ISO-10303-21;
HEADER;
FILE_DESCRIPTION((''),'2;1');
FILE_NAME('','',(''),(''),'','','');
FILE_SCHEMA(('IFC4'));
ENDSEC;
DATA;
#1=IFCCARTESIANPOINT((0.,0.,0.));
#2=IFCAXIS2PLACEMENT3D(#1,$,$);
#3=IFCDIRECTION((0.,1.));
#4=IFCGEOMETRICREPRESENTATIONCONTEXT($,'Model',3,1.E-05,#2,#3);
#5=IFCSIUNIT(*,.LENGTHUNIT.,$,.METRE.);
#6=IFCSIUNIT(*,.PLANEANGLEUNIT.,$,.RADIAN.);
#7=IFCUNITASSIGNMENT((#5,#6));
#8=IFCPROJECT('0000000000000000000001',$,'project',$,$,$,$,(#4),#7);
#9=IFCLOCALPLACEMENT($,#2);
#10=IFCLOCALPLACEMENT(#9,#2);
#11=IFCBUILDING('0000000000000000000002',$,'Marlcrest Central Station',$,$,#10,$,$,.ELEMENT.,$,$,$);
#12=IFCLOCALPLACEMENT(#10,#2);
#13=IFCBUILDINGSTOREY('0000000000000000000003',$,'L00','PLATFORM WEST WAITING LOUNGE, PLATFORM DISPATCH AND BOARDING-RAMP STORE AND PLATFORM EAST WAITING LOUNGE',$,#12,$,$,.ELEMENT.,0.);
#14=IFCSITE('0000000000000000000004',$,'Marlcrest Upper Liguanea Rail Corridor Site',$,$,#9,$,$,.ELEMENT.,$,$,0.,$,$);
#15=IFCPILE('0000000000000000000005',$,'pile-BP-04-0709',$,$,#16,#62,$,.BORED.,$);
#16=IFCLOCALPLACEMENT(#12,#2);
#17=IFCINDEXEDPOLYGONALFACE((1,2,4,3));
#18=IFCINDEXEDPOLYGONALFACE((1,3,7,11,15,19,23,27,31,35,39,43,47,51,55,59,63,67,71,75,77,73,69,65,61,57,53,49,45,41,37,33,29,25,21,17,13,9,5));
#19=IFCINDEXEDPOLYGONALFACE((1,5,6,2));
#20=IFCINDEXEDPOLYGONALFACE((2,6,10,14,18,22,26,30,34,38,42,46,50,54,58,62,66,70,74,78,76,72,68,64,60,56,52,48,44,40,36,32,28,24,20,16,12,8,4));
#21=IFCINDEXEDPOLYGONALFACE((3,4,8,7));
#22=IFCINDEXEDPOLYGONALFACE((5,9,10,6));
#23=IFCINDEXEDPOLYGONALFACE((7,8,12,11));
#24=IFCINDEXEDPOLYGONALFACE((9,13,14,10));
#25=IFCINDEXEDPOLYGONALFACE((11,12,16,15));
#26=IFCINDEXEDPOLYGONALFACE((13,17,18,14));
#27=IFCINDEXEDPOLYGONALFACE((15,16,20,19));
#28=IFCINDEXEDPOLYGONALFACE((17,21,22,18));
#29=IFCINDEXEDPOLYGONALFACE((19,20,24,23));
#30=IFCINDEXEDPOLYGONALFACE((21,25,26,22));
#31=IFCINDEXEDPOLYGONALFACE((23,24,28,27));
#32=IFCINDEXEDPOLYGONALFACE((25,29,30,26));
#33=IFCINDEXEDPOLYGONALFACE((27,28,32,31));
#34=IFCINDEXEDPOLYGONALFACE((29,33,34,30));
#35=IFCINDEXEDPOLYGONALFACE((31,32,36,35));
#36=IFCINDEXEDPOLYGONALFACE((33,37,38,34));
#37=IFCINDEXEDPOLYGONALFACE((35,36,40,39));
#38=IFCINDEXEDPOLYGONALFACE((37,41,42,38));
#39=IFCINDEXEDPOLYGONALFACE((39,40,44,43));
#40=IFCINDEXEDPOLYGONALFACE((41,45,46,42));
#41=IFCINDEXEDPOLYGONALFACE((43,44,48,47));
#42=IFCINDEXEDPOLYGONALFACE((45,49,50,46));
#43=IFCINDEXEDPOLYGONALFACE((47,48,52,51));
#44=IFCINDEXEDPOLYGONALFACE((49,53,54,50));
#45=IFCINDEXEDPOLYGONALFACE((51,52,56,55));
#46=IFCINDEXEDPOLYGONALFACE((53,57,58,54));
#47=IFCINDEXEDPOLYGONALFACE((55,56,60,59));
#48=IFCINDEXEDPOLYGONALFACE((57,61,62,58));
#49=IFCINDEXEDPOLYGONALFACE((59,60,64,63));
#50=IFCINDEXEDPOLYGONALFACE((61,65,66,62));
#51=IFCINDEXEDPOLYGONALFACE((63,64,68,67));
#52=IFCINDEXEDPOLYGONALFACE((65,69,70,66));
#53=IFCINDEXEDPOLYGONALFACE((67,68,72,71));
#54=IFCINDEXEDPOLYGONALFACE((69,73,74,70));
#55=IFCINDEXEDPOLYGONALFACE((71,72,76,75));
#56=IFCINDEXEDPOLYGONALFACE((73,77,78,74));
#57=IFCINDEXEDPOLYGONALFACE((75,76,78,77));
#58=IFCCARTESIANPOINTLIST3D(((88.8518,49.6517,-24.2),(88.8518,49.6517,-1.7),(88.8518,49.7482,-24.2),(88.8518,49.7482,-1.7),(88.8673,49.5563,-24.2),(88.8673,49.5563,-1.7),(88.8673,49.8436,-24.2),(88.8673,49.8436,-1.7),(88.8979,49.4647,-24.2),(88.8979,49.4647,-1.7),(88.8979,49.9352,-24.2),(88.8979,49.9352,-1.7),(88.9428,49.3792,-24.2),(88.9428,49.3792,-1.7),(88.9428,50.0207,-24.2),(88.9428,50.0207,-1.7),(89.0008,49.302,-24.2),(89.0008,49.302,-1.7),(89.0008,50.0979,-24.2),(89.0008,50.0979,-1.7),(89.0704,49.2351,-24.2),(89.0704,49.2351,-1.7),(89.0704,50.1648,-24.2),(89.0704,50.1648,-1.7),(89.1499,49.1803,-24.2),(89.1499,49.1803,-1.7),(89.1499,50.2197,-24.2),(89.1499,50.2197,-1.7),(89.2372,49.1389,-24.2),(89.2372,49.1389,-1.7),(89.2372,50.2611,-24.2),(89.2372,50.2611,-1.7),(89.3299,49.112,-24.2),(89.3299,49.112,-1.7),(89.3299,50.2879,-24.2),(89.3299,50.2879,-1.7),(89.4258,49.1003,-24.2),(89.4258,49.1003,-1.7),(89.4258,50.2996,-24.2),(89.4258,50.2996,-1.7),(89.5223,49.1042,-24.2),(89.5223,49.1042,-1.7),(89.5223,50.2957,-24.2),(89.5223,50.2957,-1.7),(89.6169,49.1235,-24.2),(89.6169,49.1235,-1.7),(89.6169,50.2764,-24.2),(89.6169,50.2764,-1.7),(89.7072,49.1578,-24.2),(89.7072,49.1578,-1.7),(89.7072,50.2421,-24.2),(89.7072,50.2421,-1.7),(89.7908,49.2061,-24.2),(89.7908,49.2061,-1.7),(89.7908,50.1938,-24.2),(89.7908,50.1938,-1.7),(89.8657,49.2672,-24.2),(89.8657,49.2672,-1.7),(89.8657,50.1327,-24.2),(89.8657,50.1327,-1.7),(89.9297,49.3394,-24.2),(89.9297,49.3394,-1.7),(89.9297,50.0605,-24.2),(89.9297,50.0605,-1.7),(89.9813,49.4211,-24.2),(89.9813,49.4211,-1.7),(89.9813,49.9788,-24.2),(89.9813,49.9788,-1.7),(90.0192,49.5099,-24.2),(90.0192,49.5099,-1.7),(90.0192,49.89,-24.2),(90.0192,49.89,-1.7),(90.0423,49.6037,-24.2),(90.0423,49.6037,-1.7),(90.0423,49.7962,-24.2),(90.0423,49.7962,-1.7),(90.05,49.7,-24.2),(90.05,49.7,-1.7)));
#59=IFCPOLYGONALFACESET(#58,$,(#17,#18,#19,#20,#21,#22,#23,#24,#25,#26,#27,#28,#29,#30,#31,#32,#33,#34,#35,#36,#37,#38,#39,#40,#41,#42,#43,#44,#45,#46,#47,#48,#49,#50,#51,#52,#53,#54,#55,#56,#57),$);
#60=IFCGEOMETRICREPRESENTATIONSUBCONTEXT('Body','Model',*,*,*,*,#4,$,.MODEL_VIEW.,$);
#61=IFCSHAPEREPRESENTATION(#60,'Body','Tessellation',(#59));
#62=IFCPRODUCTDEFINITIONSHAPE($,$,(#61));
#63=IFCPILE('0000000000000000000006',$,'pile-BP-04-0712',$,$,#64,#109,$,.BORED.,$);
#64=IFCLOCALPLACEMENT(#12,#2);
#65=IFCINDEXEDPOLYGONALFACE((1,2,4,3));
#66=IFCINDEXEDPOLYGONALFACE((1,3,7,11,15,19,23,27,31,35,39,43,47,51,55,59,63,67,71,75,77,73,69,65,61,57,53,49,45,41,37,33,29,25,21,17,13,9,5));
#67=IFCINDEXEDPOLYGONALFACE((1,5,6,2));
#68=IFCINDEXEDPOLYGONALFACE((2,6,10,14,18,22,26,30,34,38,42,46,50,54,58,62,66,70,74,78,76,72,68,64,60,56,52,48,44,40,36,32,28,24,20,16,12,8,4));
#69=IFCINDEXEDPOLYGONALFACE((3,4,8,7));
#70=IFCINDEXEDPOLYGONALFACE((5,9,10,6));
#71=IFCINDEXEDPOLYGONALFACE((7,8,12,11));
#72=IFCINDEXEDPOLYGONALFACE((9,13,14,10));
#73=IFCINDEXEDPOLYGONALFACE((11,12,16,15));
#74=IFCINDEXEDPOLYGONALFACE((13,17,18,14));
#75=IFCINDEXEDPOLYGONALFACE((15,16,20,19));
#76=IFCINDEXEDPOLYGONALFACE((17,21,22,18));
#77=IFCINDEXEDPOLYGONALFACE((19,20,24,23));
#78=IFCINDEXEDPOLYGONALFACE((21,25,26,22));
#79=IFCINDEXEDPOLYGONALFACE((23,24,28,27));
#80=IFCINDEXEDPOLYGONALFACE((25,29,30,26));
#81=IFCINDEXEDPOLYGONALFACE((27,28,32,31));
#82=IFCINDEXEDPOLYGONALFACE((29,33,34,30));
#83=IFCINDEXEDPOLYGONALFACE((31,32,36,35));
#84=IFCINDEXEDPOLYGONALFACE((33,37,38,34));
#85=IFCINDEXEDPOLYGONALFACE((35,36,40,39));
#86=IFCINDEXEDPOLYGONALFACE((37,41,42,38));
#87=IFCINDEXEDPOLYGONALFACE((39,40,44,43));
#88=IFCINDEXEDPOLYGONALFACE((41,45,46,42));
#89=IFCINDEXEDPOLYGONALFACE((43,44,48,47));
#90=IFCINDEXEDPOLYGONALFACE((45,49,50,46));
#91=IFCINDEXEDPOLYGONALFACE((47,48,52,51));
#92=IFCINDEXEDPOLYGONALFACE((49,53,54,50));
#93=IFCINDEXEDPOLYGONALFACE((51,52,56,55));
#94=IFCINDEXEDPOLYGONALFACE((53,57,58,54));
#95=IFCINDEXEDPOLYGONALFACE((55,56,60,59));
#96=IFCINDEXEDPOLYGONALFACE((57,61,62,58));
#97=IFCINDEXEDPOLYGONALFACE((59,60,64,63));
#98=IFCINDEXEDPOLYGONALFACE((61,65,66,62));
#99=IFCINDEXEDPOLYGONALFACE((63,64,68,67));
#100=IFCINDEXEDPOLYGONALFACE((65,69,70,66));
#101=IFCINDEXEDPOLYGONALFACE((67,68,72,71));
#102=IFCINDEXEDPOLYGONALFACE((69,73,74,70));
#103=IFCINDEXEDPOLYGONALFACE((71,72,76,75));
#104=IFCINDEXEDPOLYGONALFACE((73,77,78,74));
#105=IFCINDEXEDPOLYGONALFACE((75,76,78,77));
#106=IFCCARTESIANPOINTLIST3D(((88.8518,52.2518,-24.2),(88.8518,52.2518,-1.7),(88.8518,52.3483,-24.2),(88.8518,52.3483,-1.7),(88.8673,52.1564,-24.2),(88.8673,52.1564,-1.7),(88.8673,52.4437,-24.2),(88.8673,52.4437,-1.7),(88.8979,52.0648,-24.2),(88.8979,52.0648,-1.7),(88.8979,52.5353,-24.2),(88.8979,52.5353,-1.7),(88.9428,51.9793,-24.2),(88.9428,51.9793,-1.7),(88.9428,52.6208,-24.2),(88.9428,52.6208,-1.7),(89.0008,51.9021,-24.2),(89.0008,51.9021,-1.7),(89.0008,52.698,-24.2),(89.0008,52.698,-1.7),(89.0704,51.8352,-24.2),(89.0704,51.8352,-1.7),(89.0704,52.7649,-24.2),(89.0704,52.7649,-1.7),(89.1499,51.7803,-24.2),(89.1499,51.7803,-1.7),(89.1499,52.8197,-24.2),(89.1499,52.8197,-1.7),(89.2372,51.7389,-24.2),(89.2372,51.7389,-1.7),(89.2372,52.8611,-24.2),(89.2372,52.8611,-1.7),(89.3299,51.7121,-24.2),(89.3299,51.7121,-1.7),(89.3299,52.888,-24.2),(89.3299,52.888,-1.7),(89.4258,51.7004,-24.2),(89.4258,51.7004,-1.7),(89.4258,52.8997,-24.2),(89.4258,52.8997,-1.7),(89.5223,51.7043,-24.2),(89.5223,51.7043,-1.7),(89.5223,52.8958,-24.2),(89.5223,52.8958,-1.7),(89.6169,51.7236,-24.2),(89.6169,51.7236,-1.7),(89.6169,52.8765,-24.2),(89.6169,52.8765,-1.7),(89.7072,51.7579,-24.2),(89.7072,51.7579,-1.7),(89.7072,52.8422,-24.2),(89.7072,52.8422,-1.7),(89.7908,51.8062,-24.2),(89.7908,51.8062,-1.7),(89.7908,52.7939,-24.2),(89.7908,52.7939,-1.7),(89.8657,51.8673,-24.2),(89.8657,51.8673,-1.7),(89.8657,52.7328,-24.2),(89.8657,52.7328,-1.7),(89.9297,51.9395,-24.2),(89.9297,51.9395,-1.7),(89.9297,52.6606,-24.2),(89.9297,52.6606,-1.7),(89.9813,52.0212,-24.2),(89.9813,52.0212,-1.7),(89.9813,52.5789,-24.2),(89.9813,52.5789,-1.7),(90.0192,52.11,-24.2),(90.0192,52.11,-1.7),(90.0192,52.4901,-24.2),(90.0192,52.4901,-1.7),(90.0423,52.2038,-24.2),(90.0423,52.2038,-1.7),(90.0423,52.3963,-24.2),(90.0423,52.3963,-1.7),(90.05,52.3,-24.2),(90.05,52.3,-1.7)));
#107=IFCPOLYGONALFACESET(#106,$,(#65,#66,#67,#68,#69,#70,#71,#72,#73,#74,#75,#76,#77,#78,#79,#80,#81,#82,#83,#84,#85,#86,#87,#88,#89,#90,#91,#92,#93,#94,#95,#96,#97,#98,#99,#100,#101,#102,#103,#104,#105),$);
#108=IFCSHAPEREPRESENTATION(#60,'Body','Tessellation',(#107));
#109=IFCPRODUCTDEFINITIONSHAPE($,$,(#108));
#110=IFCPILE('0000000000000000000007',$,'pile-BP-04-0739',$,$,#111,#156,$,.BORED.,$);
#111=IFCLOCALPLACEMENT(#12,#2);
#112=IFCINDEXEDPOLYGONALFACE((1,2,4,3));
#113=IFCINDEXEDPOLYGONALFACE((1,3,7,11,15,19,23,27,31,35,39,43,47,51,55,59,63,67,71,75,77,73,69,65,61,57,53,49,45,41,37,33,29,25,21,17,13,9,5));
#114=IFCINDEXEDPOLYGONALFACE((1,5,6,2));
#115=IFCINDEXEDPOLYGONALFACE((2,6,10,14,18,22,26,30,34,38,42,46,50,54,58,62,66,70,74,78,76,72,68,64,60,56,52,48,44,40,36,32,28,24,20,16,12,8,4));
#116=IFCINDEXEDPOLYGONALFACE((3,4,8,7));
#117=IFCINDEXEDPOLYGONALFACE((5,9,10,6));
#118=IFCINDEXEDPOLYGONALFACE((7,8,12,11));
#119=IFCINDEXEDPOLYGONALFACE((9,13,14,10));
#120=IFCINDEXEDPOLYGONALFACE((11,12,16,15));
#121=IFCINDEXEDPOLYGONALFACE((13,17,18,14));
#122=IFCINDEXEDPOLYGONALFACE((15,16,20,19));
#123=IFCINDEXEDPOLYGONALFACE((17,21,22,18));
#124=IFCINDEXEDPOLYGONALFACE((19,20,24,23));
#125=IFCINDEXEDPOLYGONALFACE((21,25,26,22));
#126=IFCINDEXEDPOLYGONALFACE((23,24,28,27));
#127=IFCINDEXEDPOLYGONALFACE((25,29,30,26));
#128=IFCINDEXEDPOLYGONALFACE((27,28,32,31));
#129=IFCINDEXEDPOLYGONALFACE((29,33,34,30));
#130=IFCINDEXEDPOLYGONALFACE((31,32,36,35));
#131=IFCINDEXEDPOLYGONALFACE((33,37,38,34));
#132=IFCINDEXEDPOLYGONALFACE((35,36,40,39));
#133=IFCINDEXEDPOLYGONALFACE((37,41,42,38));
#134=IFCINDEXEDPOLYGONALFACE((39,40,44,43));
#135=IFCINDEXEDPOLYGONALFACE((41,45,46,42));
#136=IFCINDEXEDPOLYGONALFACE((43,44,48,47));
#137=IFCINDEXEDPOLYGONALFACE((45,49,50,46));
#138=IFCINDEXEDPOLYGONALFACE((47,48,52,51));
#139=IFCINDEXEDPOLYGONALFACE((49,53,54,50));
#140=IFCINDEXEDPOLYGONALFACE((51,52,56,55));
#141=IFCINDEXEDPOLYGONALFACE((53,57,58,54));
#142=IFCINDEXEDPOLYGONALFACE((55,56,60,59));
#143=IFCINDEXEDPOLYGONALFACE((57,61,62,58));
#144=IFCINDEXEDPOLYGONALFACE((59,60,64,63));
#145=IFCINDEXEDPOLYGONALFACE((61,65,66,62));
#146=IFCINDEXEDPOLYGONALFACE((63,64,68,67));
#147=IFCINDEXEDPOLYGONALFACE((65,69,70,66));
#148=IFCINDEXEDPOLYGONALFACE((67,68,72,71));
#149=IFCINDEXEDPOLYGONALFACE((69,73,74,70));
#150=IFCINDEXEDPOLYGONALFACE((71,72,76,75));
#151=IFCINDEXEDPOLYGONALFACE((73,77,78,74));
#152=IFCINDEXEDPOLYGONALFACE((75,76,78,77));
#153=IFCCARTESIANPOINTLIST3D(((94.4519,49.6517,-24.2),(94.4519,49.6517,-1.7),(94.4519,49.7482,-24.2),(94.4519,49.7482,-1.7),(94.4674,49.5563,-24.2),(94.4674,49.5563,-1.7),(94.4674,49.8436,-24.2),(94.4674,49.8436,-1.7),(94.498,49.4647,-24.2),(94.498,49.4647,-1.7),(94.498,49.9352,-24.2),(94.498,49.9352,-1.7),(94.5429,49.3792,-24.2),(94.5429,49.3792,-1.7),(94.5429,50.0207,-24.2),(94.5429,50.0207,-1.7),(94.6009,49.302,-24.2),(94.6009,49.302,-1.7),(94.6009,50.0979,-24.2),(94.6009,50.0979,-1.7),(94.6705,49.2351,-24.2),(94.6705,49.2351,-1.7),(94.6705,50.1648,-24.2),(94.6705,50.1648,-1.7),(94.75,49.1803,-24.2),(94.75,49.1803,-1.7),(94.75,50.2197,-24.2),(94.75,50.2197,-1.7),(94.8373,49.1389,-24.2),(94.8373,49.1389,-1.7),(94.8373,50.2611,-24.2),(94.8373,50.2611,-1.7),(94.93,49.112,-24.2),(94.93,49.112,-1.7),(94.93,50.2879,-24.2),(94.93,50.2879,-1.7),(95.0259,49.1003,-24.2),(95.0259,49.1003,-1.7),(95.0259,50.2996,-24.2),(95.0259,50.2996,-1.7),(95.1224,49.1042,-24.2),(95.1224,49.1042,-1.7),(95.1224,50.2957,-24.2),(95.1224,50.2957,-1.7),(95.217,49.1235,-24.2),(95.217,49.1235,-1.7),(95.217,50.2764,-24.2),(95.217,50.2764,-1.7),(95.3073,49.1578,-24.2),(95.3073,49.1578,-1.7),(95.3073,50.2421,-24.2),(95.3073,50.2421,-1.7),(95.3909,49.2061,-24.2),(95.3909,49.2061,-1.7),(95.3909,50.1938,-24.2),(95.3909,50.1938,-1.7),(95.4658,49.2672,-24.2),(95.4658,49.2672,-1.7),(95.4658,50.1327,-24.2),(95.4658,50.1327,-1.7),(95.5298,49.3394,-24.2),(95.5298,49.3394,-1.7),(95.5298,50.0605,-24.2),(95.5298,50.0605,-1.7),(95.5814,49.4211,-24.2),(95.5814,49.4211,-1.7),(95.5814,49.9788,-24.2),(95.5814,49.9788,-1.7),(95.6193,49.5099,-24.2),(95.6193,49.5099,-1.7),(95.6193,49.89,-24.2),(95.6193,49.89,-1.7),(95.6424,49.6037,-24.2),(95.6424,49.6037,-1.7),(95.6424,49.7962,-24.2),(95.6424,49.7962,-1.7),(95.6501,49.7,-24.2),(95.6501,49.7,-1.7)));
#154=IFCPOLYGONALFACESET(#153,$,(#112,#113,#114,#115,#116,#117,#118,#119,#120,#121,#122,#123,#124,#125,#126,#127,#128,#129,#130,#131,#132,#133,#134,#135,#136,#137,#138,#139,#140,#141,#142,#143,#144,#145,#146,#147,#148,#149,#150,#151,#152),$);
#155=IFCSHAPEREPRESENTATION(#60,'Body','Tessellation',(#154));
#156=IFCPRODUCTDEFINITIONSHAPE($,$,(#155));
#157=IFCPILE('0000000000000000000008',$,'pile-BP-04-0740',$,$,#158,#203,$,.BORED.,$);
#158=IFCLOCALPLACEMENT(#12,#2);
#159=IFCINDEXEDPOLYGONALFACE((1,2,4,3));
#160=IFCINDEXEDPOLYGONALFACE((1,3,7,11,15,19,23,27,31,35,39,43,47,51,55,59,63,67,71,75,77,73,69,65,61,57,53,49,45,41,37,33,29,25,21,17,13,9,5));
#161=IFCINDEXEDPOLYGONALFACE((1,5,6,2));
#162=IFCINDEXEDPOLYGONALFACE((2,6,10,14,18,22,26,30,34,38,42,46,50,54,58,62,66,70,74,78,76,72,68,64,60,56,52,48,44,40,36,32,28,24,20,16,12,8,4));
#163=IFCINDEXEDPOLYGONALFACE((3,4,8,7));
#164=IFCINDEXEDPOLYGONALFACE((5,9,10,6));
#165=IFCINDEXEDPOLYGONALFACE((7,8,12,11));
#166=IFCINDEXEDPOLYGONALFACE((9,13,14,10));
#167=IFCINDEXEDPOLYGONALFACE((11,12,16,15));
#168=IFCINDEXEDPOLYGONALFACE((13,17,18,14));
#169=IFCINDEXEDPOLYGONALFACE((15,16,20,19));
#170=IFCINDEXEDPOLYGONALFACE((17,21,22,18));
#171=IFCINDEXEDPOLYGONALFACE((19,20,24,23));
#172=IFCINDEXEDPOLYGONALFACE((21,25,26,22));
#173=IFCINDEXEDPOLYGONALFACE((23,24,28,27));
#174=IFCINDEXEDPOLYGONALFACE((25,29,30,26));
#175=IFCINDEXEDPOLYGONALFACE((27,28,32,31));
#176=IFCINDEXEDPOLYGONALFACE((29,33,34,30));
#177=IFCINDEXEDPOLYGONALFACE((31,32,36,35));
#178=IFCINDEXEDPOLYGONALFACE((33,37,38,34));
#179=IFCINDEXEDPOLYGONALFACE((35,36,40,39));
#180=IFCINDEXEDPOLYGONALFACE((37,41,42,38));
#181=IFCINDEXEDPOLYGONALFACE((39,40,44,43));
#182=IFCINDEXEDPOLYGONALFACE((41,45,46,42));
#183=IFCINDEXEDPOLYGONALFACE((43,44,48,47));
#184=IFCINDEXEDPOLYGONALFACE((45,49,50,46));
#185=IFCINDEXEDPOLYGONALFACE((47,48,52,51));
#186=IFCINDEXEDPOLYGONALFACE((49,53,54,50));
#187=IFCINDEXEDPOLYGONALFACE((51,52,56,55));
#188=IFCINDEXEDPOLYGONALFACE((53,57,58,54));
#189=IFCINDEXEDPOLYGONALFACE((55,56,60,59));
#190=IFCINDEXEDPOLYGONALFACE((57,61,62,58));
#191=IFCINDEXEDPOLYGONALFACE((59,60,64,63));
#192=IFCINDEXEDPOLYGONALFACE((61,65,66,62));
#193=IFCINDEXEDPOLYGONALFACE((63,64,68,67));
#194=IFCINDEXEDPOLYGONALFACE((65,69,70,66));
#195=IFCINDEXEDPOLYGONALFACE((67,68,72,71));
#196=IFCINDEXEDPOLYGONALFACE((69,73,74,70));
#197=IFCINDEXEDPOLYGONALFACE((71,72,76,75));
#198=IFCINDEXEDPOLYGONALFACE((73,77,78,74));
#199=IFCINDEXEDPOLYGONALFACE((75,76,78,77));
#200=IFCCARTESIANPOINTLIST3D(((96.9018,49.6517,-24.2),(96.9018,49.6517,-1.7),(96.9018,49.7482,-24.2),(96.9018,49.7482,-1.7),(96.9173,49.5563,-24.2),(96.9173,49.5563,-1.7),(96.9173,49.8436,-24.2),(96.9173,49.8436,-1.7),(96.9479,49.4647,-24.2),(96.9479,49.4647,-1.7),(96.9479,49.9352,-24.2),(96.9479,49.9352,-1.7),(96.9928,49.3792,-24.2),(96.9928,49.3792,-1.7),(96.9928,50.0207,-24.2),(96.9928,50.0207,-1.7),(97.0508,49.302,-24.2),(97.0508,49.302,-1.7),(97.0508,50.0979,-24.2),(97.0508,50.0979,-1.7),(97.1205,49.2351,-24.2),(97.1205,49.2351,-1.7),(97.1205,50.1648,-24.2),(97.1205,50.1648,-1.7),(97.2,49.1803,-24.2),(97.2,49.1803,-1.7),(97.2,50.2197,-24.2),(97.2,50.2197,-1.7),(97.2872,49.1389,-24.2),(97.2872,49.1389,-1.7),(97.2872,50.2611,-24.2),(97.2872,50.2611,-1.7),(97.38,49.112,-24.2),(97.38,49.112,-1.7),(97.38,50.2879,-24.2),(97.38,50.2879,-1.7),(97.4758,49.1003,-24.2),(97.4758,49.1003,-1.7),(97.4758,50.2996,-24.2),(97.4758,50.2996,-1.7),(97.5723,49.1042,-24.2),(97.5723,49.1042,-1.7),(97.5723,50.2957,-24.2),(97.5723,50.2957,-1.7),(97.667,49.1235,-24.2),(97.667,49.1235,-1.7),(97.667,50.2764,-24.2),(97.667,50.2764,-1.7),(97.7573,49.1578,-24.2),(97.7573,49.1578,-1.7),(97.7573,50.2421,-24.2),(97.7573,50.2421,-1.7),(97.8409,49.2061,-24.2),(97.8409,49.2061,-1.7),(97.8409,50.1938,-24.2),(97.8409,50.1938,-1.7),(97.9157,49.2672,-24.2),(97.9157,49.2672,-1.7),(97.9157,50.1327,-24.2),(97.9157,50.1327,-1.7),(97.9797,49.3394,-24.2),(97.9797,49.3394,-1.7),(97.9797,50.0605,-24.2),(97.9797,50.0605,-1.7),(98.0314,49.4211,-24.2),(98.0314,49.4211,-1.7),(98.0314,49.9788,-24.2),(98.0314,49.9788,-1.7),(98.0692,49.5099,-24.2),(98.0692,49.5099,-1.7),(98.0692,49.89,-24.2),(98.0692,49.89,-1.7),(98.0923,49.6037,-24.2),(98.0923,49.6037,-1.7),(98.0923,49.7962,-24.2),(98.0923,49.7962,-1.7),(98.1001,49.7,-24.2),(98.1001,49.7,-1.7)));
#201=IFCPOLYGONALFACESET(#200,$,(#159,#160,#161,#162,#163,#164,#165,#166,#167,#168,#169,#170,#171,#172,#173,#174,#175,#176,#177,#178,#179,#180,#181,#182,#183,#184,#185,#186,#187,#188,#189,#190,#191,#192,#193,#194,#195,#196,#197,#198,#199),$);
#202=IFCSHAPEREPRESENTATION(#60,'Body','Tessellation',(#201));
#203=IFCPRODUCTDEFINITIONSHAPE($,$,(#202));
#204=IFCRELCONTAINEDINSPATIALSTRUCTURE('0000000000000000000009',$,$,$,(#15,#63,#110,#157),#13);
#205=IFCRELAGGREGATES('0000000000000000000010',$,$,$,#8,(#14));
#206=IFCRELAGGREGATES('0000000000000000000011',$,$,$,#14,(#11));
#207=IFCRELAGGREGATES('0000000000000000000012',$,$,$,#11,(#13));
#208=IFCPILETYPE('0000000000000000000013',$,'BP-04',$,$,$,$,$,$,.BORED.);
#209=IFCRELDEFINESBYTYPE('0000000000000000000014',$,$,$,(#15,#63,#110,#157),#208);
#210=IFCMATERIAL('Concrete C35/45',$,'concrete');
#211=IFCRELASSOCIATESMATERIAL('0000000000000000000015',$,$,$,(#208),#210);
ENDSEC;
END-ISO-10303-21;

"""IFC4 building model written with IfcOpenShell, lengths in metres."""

from ifc_helpers import new_model, si_unit, direction, frame, origin, origin_2d, place, context, subcontext, project, spatial, circle, extrude, material, material_profile, profile_set, type_object, element, save


model = new_model("IFC4")

# Units and contexts
model_context = context("Model", 3, precision=1e-05, world=origin(), true_north=direction((0.0, 1.0)))
body_context = subcontext(model_context, "Body", "Model", "MODEL_VIEW")
ifc_project = project(units=[si_unit("LENGTHUNIT", "METRE"), si_unit("PLANEANGLEUNIT", "RADIAN")], contexts=[model_context])

# Site, building, storey
site_placement = place(None, origin())
site = spatial("IfcSite", under=ifc_project, at=site_placement, Name="Marlcrest Upper Liguanea Rail Corridor Site", CompositionType="ELEMENT", RefElevation=0.0)
building_placement = place(site_placement, origin())
building = spatial("IfcBuilding", under=site, at=building_placement, Name="Marlcrest Central Station", CompositionType="ELEMENT")
storey_placement = place(building_placement, origin())
storey = spatial("IfcBuildingStorey", under=building, at=storey_placement, Name="L00", Description="PLATFORM WEST WAITING LOUNGE, PLATFORM DISPATCH AND BOARDING-RAMP STORE AND PLATFORM EAST WAITING LOUNGE", CompositionType="ELEMENT", Elevation=0.0)

# Piles
ifc_material_1 = material(Name="Concrete C35/45", Category="concrete")
ifc_material_profile_1 = material_profile(ifc_material_1, circle(Radius=0.6001, at=origin_2d()), Name="PILE D1200")
ifc_profile_set_1 = profile_set([ifc_material_profile_1], Name="Concrete C35/45")
pile_type = type_object("IfcPileType", Name="BP-04", PredefinedType="BORED", material=ifc_profile_set_1)
for number, where, z_axis, x_axis, name in (
    (1, (89.45, 49.7, -1.7), (0.0, 0.0, -1.0), (1.0, 0.0, 0.0), "pile-BP-04-0709"),
    (2, (89.45, 52.3, -1.7), (0.0, 0.0, -1.0), (1.0, 0.0, 0.0), "pile-BP-04-0712"),
    (3, (95.05, 49.7, -1.7), (0.0, 0.0, -1.0), (1.0, 0.0, 0.0), "pile-BP-04-0739"),
    (4, (97.5, 49.7, -1.7), (0.0, 0.0, -1.0), (1.0, 0.0, 0.0), "pile-BP-04-0740"),
):
    element("IfcPile", number, at=place(storey_placement, frame(where, z_axis=z_axis, x_axis=x_axis)), inside=storey, type_object=pile_type, Name=name, PredefinedType="BORED", context=body_context, shape_type="SweptSolid", body=[
        extrude(circle(Radius=0.6001, at=origin_2d()), origin(), (0.0, 0.0, 1.0), 22.5),
    ])

save(model, "model.ifc")
